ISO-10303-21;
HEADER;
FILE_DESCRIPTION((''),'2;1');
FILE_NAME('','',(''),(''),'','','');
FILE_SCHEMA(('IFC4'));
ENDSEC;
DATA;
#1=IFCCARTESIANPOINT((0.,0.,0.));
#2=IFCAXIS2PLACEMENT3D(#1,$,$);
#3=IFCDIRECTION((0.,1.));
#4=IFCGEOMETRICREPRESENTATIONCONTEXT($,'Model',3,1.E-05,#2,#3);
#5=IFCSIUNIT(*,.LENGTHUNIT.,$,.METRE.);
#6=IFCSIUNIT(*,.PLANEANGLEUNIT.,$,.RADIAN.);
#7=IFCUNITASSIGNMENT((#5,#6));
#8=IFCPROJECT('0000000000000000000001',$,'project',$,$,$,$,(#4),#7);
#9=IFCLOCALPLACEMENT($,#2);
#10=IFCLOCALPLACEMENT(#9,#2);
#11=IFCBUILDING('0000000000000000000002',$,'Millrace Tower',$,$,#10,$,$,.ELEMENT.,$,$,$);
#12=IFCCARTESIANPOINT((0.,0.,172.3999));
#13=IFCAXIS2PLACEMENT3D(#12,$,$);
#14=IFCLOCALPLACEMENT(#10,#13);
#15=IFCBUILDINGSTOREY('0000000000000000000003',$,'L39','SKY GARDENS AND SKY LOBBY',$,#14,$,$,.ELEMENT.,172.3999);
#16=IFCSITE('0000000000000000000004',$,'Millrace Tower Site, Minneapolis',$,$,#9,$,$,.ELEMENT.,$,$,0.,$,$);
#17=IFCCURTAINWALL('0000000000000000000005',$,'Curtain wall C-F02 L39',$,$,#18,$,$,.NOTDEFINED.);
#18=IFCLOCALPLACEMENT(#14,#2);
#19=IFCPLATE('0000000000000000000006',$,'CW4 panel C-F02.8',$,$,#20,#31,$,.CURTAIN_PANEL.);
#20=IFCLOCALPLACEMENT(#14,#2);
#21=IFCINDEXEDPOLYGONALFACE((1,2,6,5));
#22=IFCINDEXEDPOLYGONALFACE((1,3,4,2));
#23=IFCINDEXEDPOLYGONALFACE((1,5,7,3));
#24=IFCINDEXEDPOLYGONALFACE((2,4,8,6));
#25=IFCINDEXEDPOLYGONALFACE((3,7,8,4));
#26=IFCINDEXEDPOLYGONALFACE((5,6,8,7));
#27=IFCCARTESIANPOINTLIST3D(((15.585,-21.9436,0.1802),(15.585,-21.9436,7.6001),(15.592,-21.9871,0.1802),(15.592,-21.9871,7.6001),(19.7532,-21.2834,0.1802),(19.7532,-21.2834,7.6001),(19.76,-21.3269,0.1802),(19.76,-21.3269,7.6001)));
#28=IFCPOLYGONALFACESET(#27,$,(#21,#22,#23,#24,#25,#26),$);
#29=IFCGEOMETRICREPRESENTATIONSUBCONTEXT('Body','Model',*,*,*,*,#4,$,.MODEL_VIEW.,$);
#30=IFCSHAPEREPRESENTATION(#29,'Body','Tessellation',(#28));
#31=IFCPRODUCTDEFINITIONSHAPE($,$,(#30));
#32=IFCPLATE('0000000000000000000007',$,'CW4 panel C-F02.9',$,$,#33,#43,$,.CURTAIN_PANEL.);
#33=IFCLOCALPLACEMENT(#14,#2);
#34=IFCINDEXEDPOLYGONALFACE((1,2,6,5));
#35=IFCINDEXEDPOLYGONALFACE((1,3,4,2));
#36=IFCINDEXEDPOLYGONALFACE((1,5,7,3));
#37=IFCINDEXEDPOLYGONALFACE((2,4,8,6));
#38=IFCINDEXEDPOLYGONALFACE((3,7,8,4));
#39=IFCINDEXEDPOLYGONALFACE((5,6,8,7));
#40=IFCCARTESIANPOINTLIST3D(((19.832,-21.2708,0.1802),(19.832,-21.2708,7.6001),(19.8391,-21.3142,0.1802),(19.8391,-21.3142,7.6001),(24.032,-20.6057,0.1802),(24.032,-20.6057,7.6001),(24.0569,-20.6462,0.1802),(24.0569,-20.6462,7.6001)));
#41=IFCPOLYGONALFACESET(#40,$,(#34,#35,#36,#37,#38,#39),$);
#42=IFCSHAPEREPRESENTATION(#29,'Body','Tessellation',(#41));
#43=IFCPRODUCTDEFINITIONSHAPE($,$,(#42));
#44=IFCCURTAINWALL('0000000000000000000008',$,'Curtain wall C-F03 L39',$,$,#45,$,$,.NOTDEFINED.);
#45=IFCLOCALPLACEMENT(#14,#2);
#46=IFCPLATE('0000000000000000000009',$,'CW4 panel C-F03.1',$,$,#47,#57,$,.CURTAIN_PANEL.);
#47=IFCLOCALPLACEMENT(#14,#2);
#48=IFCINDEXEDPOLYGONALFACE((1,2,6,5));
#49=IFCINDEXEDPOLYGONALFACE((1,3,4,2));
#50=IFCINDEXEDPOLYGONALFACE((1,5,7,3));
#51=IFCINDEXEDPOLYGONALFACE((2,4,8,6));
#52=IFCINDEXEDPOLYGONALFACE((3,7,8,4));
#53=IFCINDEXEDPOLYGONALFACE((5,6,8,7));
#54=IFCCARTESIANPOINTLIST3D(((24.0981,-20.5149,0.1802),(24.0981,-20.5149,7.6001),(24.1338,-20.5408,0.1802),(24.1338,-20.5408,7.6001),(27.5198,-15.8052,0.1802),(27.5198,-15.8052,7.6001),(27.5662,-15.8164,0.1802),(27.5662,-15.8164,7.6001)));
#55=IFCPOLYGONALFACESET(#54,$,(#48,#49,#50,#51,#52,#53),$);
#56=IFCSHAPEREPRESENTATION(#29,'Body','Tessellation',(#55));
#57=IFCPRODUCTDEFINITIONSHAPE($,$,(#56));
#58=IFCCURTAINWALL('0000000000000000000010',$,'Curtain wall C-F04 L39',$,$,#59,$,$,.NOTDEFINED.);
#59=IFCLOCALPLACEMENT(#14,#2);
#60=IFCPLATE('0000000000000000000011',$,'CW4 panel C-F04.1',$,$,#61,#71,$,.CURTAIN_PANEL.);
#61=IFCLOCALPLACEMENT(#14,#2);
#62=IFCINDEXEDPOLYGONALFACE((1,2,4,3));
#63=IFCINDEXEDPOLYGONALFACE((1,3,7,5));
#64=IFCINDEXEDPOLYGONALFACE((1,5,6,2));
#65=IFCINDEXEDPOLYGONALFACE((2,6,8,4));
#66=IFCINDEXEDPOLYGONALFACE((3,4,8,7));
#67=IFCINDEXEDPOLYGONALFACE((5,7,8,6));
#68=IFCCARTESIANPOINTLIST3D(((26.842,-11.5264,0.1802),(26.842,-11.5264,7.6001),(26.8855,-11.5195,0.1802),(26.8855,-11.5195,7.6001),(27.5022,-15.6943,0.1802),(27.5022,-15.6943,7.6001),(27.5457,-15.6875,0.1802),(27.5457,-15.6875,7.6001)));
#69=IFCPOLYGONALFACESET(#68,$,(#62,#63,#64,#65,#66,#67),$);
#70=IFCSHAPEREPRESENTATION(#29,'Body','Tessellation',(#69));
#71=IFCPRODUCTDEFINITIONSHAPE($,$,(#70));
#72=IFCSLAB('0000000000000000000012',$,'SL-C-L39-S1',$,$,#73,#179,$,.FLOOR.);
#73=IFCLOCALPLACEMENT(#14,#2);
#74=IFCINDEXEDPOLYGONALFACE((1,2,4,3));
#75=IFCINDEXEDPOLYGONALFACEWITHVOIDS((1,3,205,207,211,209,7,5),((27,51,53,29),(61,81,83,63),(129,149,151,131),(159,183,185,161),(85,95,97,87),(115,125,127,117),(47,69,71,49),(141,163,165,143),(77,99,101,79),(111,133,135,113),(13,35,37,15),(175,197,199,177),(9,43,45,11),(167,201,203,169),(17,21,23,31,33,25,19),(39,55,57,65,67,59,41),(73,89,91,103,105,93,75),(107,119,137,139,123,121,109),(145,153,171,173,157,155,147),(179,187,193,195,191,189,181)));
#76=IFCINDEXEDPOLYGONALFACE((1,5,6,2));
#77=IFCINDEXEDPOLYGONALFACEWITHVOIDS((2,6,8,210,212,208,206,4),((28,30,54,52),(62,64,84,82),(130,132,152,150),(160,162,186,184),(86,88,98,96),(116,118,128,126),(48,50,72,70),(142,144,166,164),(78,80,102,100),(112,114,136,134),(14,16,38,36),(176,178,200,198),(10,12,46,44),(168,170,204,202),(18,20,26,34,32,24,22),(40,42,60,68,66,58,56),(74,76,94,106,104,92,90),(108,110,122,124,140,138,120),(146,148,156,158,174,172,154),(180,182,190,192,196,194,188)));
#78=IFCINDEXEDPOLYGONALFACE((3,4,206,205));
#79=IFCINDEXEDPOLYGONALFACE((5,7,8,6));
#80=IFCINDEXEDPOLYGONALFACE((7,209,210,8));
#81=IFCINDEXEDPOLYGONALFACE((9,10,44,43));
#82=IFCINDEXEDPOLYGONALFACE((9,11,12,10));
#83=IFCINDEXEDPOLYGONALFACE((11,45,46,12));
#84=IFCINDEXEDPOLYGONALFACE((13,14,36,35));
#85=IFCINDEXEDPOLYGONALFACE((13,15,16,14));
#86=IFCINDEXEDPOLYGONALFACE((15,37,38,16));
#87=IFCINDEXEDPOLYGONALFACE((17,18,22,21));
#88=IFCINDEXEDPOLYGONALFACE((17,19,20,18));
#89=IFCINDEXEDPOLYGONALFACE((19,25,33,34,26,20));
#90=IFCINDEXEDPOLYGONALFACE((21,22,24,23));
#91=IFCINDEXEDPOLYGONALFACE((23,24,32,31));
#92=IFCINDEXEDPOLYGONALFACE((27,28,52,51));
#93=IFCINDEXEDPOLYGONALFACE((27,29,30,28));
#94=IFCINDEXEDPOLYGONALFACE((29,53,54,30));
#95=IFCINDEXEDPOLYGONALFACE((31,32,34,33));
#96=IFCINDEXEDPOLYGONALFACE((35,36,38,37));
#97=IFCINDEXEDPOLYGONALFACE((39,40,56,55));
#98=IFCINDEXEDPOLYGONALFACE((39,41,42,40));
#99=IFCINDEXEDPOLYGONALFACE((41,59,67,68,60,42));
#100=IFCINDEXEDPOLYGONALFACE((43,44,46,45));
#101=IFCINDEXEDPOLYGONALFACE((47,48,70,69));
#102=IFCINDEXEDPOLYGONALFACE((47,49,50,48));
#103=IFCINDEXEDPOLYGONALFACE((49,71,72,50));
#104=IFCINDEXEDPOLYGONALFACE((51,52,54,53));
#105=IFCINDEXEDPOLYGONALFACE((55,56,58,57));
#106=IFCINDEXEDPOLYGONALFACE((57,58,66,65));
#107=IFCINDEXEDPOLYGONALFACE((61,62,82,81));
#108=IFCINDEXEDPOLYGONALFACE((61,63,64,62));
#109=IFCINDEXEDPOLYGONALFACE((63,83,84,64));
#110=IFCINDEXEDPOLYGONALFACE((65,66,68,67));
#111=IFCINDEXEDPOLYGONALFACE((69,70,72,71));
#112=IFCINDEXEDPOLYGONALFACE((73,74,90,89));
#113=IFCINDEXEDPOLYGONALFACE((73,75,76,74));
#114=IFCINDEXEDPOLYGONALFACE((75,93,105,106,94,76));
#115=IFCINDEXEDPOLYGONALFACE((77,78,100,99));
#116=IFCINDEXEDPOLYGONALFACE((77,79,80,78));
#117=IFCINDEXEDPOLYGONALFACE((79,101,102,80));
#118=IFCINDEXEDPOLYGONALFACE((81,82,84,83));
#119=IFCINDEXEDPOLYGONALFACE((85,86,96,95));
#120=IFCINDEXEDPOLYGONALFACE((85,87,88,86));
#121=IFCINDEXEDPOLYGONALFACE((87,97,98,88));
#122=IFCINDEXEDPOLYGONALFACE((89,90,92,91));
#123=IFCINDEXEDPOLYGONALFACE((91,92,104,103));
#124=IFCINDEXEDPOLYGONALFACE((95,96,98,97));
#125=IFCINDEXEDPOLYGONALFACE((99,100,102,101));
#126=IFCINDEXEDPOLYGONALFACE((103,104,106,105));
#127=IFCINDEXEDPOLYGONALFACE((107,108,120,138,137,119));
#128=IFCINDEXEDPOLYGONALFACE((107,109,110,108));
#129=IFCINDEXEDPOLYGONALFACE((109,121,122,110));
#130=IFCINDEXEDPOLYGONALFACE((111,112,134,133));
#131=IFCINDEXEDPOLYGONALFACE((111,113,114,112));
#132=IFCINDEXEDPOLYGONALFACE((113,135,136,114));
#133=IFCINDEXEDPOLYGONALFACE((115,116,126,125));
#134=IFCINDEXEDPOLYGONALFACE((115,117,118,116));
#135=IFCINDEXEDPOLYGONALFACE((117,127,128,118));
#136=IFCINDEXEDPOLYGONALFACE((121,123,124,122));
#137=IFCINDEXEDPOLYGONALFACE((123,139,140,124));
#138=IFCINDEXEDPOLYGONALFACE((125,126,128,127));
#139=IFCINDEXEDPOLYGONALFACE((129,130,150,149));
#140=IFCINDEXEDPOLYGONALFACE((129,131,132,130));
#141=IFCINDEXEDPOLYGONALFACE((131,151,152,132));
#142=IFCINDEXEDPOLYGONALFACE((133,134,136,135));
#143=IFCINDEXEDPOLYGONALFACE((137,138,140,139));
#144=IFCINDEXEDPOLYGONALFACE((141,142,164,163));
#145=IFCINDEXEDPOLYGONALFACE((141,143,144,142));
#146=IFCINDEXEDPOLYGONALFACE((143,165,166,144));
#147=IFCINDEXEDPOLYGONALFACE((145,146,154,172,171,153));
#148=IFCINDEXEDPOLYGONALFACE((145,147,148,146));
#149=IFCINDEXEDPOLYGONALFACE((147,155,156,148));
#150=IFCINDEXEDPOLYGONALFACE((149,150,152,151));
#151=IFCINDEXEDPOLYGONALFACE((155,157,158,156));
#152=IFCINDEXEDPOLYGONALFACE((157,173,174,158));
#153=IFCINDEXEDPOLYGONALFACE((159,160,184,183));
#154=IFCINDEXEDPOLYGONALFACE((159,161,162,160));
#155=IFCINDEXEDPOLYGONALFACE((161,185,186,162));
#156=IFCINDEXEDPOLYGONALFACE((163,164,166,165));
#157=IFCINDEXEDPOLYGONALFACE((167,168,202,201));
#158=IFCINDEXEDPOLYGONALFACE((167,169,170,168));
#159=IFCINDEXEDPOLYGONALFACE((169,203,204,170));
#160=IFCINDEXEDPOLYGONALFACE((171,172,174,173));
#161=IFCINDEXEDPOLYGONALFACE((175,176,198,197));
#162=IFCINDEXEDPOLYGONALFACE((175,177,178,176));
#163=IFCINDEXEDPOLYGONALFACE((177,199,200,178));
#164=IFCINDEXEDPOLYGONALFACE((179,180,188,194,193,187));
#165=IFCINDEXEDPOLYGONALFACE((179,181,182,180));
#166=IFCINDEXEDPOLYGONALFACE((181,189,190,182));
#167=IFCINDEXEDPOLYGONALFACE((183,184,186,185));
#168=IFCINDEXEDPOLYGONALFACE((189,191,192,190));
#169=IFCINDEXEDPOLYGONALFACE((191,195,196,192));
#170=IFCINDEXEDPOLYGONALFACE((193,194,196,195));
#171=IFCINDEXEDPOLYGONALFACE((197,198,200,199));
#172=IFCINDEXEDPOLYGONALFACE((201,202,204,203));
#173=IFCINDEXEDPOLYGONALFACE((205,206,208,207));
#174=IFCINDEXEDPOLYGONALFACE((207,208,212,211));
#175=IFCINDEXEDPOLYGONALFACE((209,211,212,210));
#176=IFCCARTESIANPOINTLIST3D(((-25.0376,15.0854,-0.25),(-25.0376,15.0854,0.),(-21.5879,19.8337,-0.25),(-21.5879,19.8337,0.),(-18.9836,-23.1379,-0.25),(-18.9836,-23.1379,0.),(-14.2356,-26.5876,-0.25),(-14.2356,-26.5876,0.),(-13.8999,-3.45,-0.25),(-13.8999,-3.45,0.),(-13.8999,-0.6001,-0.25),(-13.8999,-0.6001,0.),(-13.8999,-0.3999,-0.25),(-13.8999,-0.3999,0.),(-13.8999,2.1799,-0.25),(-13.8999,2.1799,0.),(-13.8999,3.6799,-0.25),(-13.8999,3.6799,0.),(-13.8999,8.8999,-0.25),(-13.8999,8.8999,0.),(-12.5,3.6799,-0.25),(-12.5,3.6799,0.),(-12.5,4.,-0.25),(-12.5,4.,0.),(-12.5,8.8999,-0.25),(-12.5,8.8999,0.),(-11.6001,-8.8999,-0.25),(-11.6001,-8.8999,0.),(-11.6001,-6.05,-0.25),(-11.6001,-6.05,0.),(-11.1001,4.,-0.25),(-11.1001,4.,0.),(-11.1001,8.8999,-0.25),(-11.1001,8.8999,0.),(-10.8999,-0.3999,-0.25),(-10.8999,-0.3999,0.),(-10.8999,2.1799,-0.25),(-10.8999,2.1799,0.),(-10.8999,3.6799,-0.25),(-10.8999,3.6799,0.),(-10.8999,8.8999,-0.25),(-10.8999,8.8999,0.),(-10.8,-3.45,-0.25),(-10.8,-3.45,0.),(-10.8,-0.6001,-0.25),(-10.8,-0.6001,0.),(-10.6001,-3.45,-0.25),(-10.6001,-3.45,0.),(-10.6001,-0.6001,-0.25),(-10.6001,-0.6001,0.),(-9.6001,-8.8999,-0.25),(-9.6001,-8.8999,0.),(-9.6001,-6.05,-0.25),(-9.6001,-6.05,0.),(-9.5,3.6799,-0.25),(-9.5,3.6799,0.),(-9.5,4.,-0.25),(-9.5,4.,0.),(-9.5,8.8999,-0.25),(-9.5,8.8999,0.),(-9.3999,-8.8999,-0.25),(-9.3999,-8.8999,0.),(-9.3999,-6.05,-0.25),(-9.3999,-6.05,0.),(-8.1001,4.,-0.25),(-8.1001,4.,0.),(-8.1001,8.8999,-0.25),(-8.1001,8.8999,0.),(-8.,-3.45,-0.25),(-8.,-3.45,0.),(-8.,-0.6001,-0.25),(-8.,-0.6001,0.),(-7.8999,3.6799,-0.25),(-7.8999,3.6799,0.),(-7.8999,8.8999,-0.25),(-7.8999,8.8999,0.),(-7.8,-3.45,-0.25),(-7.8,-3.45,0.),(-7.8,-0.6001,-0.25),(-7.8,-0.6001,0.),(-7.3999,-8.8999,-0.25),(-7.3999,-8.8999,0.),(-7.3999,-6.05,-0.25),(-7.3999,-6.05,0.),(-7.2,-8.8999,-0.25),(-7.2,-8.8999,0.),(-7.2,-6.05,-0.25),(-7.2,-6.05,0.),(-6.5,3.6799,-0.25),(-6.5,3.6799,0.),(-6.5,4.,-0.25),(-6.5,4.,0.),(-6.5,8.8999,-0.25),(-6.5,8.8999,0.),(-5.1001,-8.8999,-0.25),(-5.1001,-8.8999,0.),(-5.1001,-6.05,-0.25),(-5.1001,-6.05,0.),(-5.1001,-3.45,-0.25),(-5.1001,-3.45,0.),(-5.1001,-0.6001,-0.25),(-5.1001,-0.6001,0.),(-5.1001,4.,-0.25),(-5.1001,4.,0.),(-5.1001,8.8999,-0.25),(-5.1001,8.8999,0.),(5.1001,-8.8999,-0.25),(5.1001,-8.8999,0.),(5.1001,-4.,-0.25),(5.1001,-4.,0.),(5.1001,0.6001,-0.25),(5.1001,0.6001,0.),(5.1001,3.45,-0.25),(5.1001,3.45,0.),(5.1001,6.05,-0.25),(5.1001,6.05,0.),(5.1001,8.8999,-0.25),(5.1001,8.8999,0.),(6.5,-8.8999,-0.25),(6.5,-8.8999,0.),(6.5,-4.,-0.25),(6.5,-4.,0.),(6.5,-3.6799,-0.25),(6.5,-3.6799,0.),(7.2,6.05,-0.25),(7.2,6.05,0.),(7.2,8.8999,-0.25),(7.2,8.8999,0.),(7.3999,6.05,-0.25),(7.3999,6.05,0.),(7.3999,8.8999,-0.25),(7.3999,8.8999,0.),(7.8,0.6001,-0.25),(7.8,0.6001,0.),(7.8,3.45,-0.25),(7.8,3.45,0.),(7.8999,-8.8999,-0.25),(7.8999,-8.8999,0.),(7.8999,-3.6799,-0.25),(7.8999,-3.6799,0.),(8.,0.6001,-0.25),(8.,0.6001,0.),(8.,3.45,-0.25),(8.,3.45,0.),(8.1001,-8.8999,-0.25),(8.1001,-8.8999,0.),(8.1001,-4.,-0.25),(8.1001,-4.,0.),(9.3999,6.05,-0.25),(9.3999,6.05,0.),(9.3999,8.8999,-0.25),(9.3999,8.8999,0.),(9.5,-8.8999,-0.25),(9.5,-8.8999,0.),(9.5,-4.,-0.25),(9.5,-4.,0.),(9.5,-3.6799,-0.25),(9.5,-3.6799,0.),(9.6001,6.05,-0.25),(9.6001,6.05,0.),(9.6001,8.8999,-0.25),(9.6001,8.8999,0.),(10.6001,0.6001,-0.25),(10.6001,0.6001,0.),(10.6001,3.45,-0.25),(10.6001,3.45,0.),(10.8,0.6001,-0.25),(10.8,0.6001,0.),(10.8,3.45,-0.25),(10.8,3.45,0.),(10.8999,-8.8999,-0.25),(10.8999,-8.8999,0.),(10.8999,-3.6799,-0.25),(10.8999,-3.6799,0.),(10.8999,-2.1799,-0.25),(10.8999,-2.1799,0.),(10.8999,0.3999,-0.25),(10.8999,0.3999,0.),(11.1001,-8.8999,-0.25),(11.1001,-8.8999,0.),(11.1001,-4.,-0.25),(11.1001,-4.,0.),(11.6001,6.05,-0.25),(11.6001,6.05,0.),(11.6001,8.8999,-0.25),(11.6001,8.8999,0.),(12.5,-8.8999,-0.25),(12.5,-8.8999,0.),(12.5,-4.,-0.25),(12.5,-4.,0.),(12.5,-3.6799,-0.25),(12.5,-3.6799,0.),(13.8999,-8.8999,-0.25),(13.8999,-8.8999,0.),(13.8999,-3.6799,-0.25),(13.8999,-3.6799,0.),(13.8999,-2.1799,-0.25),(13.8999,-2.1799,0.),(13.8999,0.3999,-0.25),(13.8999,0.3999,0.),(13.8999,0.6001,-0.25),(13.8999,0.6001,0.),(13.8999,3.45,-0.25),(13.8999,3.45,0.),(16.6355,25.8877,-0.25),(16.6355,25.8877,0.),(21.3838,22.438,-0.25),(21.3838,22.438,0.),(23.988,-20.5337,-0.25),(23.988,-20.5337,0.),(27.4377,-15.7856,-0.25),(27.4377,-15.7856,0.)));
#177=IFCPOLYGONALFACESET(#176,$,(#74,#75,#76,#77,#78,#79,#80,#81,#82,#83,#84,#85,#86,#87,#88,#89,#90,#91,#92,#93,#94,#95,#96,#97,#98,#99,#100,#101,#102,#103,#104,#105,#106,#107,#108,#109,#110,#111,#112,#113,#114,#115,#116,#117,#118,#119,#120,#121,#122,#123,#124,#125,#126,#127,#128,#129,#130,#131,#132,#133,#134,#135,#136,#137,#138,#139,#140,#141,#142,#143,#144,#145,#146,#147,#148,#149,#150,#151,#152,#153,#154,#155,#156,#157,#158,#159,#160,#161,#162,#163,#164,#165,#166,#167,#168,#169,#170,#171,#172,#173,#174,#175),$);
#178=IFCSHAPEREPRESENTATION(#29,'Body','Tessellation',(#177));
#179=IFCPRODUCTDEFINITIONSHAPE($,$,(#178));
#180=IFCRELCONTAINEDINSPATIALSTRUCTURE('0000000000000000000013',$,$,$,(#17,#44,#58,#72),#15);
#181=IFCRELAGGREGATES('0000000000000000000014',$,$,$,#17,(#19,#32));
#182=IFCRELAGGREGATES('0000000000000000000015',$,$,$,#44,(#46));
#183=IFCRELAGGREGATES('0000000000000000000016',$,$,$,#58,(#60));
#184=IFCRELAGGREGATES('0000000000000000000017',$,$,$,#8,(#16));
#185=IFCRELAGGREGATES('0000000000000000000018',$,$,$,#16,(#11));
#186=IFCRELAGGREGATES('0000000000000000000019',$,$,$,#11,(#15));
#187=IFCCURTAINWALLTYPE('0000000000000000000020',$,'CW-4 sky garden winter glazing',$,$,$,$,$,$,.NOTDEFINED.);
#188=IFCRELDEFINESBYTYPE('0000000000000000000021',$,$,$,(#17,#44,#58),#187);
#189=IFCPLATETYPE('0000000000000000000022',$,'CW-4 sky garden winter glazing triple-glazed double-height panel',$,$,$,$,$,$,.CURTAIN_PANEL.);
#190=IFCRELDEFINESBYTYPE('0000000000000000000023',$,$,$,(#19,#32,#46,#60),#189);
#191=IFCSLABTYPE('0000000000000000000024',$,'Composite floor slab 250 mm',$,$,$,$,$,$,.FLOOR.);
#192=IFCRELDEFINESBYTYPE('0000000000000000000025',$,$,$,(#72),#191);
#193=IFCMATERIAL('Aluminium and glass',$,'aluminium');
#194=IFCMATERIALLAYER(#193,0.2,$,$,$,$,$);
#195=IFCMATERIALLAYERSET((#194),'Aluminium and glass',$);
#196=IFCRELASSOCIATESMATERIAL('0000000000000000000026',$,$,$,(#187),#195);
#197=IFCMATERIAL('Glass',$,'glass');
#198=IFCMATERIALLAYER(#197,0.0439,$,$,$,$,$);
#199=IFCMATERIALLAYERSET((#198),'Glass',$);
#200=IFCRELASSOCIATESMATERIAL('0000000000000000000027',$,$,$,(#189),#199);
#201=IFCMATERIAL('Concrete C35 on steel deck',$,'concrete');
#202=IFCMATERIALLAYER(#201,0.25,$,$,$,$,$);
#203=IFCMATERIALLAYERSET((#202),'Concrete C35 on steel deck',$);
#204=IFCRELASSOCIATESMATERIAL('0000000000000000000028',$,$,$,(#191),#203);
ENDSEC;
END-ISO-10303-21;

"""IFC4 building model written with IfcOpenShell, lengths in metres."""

from ifc_helpers import new_model, si_unit, direction, frame, origin, place, context, subcontext, project, spatial, polyline, outline, extrude, material, layer, layer_set, type_object, element, aggregate, save


model = new_model("IFC4")

# Units and contexts
model_context = context("Model", 3, precision=1e-05, world=origin(), true_north=direction((0.0, 1.0)))
body_context = subcontext(model_context, "Body", "Model", "MODEL_VIEW")
ifc_project = project(units=[si_unit("LENGTHUNIT", "METRE"), si_unit("PLANEANGLEUNIT", "RADIAN")], contexts=[model_context])

# Site, building, storey
site_placement = place(None, origin())
site = spatial("IfcSite", under=ifc_project, at=site_placement, Name="Millrace Tower Site, Minneapolis", CompositionType="ELEMENT", RefElevation=0.0)
building_placement = place(site_placement, origin())
building = spatial("IfcBuilding", under=site, at=building_placement, Name="Millrace Tower", CompositionType="ELEMENT")
storey_placement = place(building_placement, frame((0.0, 0.0, 172.3999)))
storey = spatial("IfcBuildingStorey", under=building, at=storey_placement, Name="L39", Description="SKY GARDENS AND SKY LOBBY", CompositionType="ELEMENT", Elevation=172.3999)

# Shared definitions
ifc_material_1 = material(Name="Aluminium and glass", Category="aluminium")
ifc_layer_1 = layer(ifc_material_1, 0.2)
ifc_layer_set_1 = layer_set([ifc_layer_1], Name="Aluminium and glass")
curtain_wall_type = type_object("IfcCurtainWallType", Name="CW-4 sky garden winter glazing", PredefinedType="NOTDEFINED", material=ifc_layer_set_1)
placement_1 = place(storey_placement, origin())
ifc_material_2 = material(Name="Glass", Category="glass")
ifc_layer_2 = layer(ifc_material_2, 0.0439)
ifc_layer_set_2 = layer_set([ifc_layer_2], Name="Glass")
plate_type = type_object("IfcPlateType", Name="CW-4 sky garden winter glazing triple-glazed double-height panel", PredefinedType="CURTAIN_PANEL", material=ifc_layer_set_2)
placement_2 = place(storey_placement, frame((0.0, 0.0, 0.1802)))

# Curtain wall, plates
curtain_wall_1 = element("IfcCurtainWall", 1, at=placement_1, inside=storey, type_object=curtain_wall_type, Name="Curtain wall C-F02 L39", PredefinedType="NOTDEFINED")
plate_1 = element("IfcPlate", 2, at=placement_2, type_object=plate_type, Name="CW4 panel C-F02.8", PredefinedType="CURTAIN_PANEL", context=body_context, shape_type="SweptSolid", body=[
    extrude(outline(polyline([(15.592, -21.9871), (19.76, -21.3269), (19.7532, -21.2834), (15.585, -21.9436), (15.592, -21.9871)])), origin(), (0.0, 0.0, 1.0), 7.4199),
])
plate_2 = element("IfcPlate", 3, at=placement_2, type_object=plate_type, Name="CW4 panel C-F02.9", PredefinedType="CURTAIN_PANEL", context=body_context, shape_type="SweptSolid", body=[
    extrude(outline(polyline([(19.8391, -21.3142), (24.0569, -20.6462), (24.032, -20.6057), (19.832, -21.2708), (19.8391, -21.3142)])), origin(), (0.0, 0.0, 1.0), 7.4199),
])
aggregate(curtain_wall_1, [plate_1, plate_2])

# Curtain walls, plates
curtain_wall_2 = element("IfcCurtainWall", 4, at=placement_1, inside=storey, type_object=curtain_wall_type, Name="Curtain wall C-F03 L39", PredefinedType="NOTDEFINED")
plate_3 = element("IfcPlate", 5, at=placement_2, type_object=plate_type, Name="CW4 panel C-F03.1", PredefinedType="CURTAIN_PANEL", context=body_context, shape_type="SweptSolid", body=[
    extrude(outline(polyline([(24.1338, -20.5408), (27.5662, -15.8164), (27.5198, -15.8052), (24.0981, -20.5149), (24.1338, -20.5408)])), origin(), (0.0, 0.0, 1.0), 7.4199),
])
aggregate(curtain_wall_2, [plate_3])
curtain_wall_3 = element("IfcCurtainWall", 6, at=placement_1, inside=storey, type_object=curtain_wall_type, Name="Curtain wall C-F04 L39", PredefinedType="NOTDEFINED")
plate_4 = element("IfcPlate", 7, at=placement_2, type_object=plate_type, Name="CW4 panel C-F04.1", PredefinedType="CURTAIN_PANEL", context=body_context, shape_type="SweptSolid", body=[
    extrude(outline(polyline([(27.5457, -15.6875), (26.8855, -11.5195), (26.842, -11.5264), (27.5022, -15.6943), (27.5457, -15.6875)])), origin(), (0.0, 0.0, 1.0), 7.4199),
])
aggregate(curtain_wall_3, [plate_4])

# Slab
ifc_material_3 = material(Name="Concrete C35 on steel deck", Category="concrete")
ifc_layer_3 = layer(ifc_material_3, 0.25)
ifc_layer_set_3 = layer_set([ifc_layer_3], Name="Concrete C35 on steel deck")
slab_type = type_object("IfcSlabType", Name="Composite floor slab 250 mm", PredefinedType="FLOOR", material=ifc_layer_set_3)
slab_placement = place(storey_placement, frame((0.0, 0.0, -0.25)))
element("IfcSlab", 8, at=slab_placement, inside=storey, type_object=slab_type, Name="SL-C-L39-S1", PredefinedType="FLOOR", context=body_context, shape_type="SweptSolid", body=[
    extrude(outline(polyline([(-18.9836, -23.1379), (-14.2356, -26.5876), (23.988, -20.5337), (27.4377, -15.7856), (21.3838, 22.438), (16.6355, 25.8877), (-21.5879, 19.8337), (-25.0376, 15.0854), (-18.9836, -23.1379)]), holes=[polyline([(-11.6001, -8.8999), (-9.6001, -8.8999), (-9.6001, -6.05), (-11.6001, -6.05), (-11.6001, -8.8999)]), polyline([(-9.3999, -8.8999), (-7.3999, -8.8999), (-7.3999, -6.05), (-9.3999, -6.05), (-9.3999, -8.8999)]), polyline([(-7.2, -8.8999), (-5.1001, -8.8999), (-5.1001, -6.05), (-7.2, -6.05), (-7.2, -8.8999)]), polyline([(-13.8999, -3.45), (-10.8, -3.45), (-10.8, -0.6001), (-13.8999, -0.6001), (-13.8999, -3.45)]), polyline([(-10.6001, -3.45), (-8.0, -3.45), (-8.0, -0.6001), (-10.6001, -0.6001), (-10.6001, -3.45)]), polyline([(-7.8, -3.45), (-5.1001, -3.45), (-5.1001, -0.6001), (-7.8, -0.6001), (-7.8, -3.45)]), polyline([(-13.8999, -0.3999), (-10.8999, -0.3999), (-10.8999, 2.1799), (-13.8999, 2.1799), (-13.8999, -0.3999)]), polyline([(-12.5, 3.6799), (-12.5, 4.0), (-11.1001, 4.0), (-11.1001, 8.8999), (-12.5, 8.8999), (-13.8999, 8.8999), (-13.8999, 3.6799), (-12.5, 3.6799)]), polyline([(-9.5, 3.6799), (-9.5, 4.0), (-8.1001, 4.0), (-8.1001, 8.8999), (-9.5, 8.8999), (-10.8999, 8.8999), (-10.8999, 3.6799), (-9.5, 3.6799)]), polyline([(-6.5, 3.6799), (-6.5, 4.0), (-5.1001, 4.0), (-5.1001, 8.8999), (-6.5, 8.8999), (-7.8999, 8.8999), (-7.8999, 3.6799), (-6.5, 3.6799)]), polyline([(9.6001, 6.05), (11.6001, 6.05), (11.6001, 8.8999), (9.6001, 8.8999), (9.6001, 6.05)]), polyline([(7.3999, 6.05), (9.3999, 6.05), (9.3999, 8.8999), (7.3999, 8.8999), (7.3999, 6.05)]), polyline([(5.1001, 6.05), (7.2, 6.05), (7.2, 8.8999), (5.1001, 8.8999), (5.1001, 6.05)]), polyline([(10.8, 0.6001), (13.8999, 0.6001), (13.8999, 3.45), (10.8, 3.45), (10.8, 0.6001)]), polyline([(8.0, 0.6001), (10.6001, 0.6001), (10.6001, 3.45), (8.0, 3.45), (8.0, 0.6001)]), polyline([(5.1001, 0.6001), (7.8, 0.6001), (7.8, 3.45), (5.1001, 3.45), (5.1001, 0.6001)]), polyline([(10.8999, -2.1799), (13.8999, -2.1799), (13.8999, 0.3999), (10.8999, 0.3999), (10.8999, -2.1799)]), polyline([(11.1001, -8.8999), (12.5, -8.8999), (13.8999, -8.8999), (13.8999, -3.6799), (12.5, -3.6799), (12.5, -4.0), (11.1001, -4.0), (11.1001, -8.8999)]), polyline([(8.1001, -8.8999), (9.5, -8.8999), (10.8999, -8.8999), (10.8999, -3.6799), (9.5, -3.6799), (9.5, -4.0), (8.1001, -4.0), (8.1001, -8.8999)]), polyline([(5.1001, -8.8999), (6.5, -8.8999), (7.8999, -8.8999), (7.8999, -3.6799), (6.5, -3.6799), (6.5, -4.0), (5.1001, -4.0), (5.1001, -8.8999)])]), origin(), (0.0, 0.0, 1.0), 0.25),
])

save(model, "model.ifc")
